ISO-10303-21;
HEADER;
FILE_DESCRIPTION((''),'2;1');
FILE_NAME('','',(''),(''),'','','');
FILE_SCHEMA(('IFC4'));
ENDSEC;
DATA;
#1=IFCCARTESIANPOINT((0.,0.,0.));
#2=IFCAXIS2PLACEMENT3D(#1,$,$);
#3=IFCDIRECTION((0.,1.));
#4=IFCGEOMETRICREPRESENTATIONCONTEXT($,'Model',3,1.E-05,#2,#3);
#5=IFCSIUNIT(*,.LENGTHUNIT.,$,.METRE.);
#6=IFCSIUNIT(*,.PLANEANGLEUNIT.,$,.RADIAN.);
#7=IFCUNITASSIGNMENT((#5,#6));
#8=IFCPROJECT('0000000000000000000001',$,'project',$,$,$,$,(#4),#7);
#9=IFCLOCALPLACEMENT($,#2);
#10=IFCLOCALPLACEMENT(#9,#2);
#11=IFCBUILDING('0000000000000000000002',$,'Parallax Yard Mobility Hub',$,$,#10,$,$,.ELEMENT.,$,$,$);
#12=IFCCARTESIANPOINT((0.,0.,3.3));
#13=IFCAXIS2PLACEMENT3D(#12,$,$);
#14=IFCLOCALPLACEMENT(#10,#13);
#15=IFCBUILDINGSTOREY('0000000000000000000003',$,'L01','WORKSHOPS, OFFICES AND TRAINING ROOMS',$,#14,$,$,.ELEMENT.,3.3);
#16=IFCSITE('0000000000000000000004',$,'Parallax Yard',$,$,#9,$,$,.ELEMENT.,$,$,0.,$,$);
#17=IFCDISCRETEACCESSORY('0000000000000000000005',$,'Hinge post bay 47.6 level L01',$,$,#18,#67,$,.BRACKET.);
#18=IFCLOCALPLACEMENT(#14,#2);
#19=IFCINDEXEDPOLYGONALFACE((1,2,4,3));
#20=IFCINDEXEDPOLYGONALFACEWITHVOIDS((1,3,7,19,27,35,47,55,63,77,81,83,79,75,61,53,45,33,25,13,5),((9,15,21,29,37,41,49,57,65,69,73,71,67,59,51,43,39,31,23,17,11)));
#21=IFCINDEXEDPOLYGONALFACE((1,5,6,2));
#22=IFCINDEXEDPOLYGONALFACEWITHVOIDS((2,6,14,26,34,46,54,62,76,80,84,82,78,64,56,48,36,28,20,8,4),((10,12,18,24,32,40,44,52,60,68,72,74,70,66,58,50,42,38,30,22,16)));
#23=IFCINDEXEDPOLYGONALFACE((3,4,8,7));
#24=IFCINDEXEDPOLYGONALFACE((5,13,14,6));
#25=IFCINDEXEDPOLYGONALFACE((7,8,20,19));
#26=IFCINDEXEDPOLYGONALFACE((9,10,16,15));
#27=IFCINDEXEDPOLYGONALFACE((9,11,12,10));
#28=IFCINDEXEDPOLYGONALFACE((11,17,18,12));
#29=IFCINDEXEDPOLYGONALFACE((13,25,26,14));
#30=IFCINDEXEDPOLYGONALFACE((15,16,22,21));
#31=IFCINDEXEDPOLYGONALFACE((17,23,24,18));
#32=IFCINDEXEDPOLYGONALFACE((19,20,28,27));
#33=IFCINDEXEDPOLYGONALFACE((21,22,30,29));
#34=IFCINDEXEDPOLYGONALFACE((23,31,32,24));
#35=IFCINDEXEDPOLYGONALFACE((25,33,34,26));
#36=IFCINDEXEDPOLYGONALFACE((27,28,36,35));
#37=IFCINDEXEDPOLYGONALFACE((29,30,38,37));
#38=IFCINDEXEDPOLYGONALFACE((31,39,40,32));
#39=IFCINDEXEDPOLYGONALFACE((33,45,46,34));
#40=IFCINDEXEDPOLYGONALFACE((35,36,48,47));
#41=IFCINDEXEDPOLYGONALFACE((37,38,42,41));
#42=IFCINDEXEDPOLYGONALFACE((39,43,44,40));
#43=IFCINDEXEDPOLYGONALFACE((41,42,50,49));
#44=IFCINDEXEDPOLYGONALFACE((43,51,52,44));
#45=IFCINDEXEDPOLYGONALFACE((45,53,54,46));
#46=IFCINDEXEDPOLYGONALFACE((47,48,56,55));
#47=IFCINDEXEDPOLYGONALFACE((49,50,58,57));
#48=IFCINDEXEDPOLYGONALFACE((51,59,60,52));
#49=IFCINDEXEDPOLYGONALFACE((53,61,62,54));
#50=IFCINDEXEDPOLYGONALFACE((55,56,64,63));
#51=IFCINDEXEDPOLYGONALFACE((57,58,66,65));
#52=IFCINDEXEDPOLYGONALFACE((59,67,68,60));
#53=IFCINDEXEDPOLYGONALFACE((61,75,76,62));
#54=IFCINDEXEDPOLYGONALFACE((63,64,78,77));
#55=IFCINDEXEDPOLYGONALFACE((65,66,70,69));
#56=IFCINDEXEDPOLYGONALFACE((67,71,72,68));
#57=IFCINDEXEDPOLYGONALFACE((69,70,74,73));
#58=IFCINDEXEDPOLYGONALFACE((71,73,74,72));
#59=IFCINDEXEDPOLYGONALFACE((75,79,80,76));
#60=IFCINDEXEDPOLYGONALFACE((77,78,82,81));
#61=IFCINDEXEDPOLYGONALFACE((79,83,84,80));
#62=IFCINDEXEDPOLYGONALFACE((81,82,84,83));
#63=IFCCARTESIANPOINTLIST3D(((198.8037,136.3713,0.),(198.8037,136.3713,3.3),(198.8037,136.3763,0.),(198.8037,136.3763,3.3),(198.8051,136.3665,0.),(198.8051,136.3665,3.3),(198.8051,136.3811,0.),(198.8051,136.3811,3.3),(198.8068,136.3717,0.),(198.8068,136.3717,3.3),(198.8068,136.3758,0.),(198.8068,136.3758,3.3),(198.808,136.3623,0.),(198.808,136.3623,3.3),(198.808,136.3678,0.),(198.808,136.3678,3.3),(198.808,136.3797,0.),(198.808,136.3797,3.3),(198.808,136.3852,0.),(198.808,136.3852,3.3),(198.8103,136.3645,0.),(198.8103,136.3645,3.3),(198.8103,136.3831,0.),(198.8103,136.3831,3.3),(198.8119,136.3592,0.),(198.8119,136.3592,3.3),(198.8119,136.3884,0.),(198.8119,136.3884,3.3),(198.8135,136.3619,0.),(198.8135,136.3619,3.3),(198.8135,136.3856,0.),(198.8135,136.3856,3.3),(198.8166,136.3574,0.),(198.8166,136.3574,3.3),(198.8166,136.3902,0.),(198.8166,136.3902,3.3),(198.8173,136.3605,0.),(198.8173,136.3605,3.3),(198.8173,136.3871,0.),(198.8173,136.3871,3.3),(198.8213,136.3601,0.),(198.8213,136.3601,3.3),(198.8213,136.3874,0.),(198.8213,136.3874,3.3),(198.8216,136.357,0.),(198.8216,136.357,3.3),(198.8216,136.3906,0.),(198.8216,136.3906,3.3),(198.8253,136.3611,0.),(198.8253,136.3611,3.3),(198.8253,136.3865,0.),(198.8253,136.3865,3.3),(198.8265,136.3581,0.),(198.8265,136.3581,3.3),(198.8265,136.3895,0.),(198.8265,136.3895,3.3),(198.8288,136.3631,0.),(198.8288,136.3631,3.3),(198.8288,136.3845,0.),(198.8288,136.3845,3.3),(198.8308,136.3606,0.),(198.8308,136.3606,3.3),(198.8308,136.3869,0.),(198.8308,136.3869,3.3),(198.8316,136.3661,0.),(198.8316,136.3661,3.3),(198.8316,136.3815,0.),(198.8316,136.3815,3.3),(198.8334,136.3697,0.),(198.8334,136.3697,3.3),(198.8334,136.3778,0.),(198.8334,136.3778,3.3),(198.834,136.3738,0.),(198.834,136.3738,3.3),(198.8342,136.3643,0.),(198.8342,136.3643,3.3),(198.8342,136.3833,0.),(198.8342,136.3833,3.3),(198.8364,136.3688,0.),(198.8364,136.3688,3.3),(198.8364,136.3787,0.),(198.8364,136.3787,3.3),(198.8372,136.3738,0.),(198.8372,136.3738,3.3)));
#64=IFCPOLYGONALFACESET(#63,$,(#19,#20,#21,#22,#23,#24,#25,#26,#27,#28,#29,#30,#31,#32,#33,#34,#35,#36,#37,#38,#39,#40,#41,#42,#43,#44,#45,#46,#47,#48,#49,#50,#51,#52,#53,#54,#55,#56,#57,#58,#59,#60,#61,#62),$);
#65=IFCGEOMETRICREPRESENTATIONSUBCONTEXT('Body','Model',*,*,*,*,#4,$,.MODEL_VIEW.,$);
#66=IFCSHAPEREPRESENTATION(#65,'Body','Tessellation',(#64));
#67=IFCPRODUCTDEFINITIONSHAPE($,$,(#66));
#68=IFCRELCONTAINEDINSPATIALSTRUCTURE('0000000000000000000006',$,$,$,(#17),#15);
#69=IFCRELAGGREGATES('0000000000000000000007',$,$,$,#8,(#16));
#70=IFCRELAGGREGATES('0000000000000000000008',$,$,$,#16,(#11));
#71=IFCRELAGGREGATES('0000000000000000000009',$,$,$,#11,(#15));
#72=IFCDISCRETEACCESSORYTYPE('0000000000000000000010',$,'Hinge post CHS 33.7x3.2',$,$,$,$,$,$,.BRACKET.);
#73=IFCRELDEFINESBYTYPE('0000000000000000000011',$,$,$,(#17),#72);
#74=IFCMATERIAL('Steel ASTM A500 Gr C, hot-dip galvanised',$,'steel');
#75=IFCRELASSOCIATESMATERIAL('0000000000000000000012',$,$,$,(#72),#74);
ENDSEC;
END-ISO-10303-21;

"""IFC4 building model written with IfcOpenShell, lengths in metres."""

from ifc_helpers import new_model, si_unit, direction, frame, origin, origin_2d, place, context, subcontext, project, spatial, hollow_circle, extrude, material, material_profile, profile_set, type_object, element, save


model = new_model("IFC4")

# Units and contexts
model_context = context("Model", 3, precision=1e-05, world=origin(), true_north=direction((0.0, 1.0)))
body_context = subcontext(model_context, "Body", "Model", "MODEL_VIEW")
ifc_project = project(units=[si_unit("LENGTHUNIT", "METRE"), si_unit("PLANEANGLEUNIT", "RADIAN")], contexts=[model_context])

# Site, building, storey
site_placement = place(None, origin())
site = spatial("IfcSite", under=ifc_project, at=site_placement, Name="Parallax Yard", CompositionType="ELEMENT", RefElevation=0.0)
building_placement = place(site_placement, origin())
building = spatial("IfcBuilding", under=site, at=building_placement, Name="Parallax Yard Mobility Hub", CompositionType="ELEMENT")
storey_placement = place(building_placement, frame((0.0, 0.0, 3.3)))
storey = spatial("IfcBuildingStorey", under=building, at=storey_placement, Name="L01", Description="WORKSHOPS, OFFICES AND TRAINING ROOMS", CompositionType="ELEMENT", Elevation=3.3)

# Discrete accessory
ifc_material_1 = material(Name="Steel ASTM A500 Gr C, hot-dip galvanised", Category="steel")
ifc_material_profile_1 = material_profile(ifc_material_1, hollow_circle(Radius=0.0168, WallThickness=0.0032, at=origin_2d()), Name="CHS 33.7x3.2")
ifc_profile_set_1 = profile_set([ifc_material_profile_1], Name="Steel ASTM A500 Gr C, hot-dip galvanised")
discrete_accessory_type_1 = type_object("IfcDiscreteAccessoryType", Name="Hinge post CHS 33.7x3.2", PredefinedType="BRACKET", material=ifc_profile_set_1)
for number, where, z_axis, x_axis, name in (
    (1, (198.8203, 136.3738, 0.0), (0.0, 0.0, 1.0), (1.0, 0.0, 0.0), "Hinge post bay 47.6 level L01"),
):
    element("IfcDiscreteAccessory", number, at=place(storey_placement, frame(where, z_axis=z_axis, x_axis=x_axis)), inside=storey, type_object=discrete_accessory_type_1, Name=name, PredefinedType="BRACKET", context=body_context, shape_type="SweptSolid", body=[
        extrude(hollow_circle(Radius=0.0168, WallThickness=0.0032, at=origin_2d()), origin(), (0.0, 0.0, 1.0), 3.3),
    ])

save(model, "model.ifc")
